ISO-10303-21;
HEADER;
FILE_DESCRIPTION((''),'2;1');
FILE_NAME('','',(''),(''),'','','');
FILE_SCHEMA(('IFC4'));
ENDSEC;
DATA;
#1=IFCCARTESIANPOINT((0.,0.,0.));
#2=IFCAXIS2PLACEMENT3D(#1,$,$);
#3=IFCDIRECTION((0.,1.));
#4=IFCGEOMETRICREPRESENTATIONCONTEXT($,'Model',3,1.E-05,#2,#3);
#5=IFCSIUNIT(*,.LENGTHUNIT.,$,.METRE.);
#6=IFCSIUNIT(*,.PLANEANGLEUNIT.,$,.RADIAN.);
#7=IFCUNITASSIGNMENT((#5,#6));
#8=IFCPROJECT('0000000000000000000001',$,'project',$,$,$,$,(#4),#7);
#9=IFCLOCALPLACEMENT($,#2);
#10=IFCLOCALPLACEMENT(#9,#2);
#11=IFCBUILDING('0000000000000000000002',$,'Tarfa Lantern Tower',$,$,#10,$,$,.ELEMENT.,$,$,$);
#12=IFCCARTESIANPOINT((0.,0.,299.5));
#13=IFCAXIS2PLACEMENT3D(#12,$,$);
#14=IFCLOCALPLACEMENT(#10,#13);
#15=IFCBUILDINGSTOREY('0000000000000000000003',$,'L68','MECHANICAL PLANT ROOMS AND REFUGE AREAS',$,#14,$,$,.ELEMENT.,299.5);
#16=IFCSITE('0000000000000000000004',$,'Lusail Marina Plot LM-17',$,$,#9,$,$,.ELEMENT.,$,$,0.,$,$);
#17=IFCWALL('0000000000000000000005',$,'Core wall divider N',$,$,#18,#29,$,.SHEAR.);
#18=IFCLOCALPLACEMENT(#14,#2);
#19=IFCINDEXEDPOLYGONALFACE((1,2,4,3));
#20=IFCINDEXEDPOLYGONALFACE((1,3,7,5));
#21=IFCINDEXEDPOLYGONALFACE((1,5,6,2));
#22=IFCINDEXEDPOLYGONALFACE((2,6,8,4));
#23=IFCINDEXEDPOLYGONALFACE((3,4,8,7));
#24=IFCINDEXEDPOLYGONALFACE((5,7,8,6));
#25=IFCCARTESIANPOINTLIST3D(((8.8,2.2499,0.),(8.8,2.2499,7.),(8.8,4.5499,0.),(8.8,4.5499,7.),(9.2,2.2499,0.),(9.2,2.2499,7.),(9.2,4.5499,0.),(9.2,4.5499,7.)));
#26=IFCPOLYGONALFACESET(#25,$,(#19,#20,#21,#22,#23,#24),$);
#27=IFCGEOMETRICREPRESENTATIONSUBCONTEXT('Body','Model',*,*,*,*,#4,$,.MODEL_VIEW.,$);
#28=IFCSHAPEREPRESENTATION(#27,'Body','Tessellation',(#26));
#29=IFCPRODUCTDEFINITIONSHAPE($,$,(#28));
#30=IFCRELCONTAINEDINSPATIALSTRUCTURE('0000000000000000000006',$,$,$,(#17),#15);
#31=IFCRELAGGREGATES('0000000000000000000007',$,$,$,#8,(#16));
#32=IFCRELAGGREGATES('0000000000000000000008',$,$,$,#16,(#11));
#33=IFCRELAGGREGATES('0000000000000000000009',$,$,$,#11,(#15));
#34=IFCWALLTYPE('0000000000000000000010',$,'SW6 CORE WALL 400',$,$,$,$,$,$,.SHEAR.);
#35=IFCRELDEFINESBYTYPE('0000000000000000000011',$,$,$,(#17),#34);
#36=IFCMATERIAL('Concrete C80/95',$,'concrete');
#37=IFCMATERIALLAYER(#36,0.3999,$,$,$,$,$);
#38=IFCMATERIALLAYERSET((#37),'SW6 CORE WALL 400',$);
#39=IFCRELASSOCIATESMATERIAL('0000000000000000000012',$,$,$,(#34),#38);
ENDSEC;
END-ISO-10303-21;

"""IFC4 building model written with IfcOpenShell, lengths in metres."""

from ifc_helpers import new_model, si_unit, direction, frame, frame_2d, origin, place, context, subcontext, project, spatial, rectangle, extrude, material, layer, layer_set, type_object, element, save


model = new_model("IFC4")

# Units and contexts
model_context = context("Model", 3, precision=1e-05, world=origin(), true_north=direction((0.0, 1.0)))
body_context = subcontext(model_context, "Body", "Model", "MODEL_VIEW")
ifc_project = project(units=[si_unit("LENGTHUNIT", "METRE"), si_unit("PLANEANGLEUNIT", "RADIAN")], contexts=[model_context])

# Site, building, storey
site_placement = place(None, origin())
site = spatial("IfcSite", under=ifc_project, at=site_placement, Name="Lusail Marina Plot LM-17", CompositionType="ELEMENT", RefElevation=0.0)
building_placement = place(site_placement, origin())
building = spatial("IfcBuilding", under=site, at=building_placement, Name="Tarfa Lantern Tower", CompositionType="ELEMENT")
storey_placement = place(building_placement, frame((0.0, 0.0, 299.5)))
storey = spatial("IfcBuildingStorey", under=building, at=storey_placement, Name="L68", Description="MECHANICAL PLANT ROOMS AND REFUGE AREAS", CompositionType="ELEMENT", Elevation=299.5)

# Shared definitions
ifc_material_1 = material(Name="Concrete C80/95", Category="concrete")

# Wall
ifc_layer_1 = layer(ifc_material_1, 0.3999)
ifc_layer_set_1 = layer_set([ifc_layer_1], Name="SW6 CORE WALL 400")
wall_type_1 = type_object("IfcWallType", Name="SW6 CORE WALL 400", PredefinedType="SHEAR", material=ifc_layer_set_1)
wall_1_placement = place(storey_placement, frame((9.0, 2.25, 0.0), z_axis=(0.0, 0.0, 1.0), x_axis=(0.0, 1.0, 0.0)))
element("IfcWall", 1, at=wall_1_placement, inside=storey, type_object=wall_type_1, Name="Core wall divider N", PredefinedType="SHEAR", context=body_context, shape_type="SweptSolid", body=[
    extrude(rectangle(XDim=2.3, YDim=0.3999, at=frame_2d((1.1499, 0.0))), origin(), (0.0, 0.0, 1.0), 7.0),
])

save(model, "model.ifc")
